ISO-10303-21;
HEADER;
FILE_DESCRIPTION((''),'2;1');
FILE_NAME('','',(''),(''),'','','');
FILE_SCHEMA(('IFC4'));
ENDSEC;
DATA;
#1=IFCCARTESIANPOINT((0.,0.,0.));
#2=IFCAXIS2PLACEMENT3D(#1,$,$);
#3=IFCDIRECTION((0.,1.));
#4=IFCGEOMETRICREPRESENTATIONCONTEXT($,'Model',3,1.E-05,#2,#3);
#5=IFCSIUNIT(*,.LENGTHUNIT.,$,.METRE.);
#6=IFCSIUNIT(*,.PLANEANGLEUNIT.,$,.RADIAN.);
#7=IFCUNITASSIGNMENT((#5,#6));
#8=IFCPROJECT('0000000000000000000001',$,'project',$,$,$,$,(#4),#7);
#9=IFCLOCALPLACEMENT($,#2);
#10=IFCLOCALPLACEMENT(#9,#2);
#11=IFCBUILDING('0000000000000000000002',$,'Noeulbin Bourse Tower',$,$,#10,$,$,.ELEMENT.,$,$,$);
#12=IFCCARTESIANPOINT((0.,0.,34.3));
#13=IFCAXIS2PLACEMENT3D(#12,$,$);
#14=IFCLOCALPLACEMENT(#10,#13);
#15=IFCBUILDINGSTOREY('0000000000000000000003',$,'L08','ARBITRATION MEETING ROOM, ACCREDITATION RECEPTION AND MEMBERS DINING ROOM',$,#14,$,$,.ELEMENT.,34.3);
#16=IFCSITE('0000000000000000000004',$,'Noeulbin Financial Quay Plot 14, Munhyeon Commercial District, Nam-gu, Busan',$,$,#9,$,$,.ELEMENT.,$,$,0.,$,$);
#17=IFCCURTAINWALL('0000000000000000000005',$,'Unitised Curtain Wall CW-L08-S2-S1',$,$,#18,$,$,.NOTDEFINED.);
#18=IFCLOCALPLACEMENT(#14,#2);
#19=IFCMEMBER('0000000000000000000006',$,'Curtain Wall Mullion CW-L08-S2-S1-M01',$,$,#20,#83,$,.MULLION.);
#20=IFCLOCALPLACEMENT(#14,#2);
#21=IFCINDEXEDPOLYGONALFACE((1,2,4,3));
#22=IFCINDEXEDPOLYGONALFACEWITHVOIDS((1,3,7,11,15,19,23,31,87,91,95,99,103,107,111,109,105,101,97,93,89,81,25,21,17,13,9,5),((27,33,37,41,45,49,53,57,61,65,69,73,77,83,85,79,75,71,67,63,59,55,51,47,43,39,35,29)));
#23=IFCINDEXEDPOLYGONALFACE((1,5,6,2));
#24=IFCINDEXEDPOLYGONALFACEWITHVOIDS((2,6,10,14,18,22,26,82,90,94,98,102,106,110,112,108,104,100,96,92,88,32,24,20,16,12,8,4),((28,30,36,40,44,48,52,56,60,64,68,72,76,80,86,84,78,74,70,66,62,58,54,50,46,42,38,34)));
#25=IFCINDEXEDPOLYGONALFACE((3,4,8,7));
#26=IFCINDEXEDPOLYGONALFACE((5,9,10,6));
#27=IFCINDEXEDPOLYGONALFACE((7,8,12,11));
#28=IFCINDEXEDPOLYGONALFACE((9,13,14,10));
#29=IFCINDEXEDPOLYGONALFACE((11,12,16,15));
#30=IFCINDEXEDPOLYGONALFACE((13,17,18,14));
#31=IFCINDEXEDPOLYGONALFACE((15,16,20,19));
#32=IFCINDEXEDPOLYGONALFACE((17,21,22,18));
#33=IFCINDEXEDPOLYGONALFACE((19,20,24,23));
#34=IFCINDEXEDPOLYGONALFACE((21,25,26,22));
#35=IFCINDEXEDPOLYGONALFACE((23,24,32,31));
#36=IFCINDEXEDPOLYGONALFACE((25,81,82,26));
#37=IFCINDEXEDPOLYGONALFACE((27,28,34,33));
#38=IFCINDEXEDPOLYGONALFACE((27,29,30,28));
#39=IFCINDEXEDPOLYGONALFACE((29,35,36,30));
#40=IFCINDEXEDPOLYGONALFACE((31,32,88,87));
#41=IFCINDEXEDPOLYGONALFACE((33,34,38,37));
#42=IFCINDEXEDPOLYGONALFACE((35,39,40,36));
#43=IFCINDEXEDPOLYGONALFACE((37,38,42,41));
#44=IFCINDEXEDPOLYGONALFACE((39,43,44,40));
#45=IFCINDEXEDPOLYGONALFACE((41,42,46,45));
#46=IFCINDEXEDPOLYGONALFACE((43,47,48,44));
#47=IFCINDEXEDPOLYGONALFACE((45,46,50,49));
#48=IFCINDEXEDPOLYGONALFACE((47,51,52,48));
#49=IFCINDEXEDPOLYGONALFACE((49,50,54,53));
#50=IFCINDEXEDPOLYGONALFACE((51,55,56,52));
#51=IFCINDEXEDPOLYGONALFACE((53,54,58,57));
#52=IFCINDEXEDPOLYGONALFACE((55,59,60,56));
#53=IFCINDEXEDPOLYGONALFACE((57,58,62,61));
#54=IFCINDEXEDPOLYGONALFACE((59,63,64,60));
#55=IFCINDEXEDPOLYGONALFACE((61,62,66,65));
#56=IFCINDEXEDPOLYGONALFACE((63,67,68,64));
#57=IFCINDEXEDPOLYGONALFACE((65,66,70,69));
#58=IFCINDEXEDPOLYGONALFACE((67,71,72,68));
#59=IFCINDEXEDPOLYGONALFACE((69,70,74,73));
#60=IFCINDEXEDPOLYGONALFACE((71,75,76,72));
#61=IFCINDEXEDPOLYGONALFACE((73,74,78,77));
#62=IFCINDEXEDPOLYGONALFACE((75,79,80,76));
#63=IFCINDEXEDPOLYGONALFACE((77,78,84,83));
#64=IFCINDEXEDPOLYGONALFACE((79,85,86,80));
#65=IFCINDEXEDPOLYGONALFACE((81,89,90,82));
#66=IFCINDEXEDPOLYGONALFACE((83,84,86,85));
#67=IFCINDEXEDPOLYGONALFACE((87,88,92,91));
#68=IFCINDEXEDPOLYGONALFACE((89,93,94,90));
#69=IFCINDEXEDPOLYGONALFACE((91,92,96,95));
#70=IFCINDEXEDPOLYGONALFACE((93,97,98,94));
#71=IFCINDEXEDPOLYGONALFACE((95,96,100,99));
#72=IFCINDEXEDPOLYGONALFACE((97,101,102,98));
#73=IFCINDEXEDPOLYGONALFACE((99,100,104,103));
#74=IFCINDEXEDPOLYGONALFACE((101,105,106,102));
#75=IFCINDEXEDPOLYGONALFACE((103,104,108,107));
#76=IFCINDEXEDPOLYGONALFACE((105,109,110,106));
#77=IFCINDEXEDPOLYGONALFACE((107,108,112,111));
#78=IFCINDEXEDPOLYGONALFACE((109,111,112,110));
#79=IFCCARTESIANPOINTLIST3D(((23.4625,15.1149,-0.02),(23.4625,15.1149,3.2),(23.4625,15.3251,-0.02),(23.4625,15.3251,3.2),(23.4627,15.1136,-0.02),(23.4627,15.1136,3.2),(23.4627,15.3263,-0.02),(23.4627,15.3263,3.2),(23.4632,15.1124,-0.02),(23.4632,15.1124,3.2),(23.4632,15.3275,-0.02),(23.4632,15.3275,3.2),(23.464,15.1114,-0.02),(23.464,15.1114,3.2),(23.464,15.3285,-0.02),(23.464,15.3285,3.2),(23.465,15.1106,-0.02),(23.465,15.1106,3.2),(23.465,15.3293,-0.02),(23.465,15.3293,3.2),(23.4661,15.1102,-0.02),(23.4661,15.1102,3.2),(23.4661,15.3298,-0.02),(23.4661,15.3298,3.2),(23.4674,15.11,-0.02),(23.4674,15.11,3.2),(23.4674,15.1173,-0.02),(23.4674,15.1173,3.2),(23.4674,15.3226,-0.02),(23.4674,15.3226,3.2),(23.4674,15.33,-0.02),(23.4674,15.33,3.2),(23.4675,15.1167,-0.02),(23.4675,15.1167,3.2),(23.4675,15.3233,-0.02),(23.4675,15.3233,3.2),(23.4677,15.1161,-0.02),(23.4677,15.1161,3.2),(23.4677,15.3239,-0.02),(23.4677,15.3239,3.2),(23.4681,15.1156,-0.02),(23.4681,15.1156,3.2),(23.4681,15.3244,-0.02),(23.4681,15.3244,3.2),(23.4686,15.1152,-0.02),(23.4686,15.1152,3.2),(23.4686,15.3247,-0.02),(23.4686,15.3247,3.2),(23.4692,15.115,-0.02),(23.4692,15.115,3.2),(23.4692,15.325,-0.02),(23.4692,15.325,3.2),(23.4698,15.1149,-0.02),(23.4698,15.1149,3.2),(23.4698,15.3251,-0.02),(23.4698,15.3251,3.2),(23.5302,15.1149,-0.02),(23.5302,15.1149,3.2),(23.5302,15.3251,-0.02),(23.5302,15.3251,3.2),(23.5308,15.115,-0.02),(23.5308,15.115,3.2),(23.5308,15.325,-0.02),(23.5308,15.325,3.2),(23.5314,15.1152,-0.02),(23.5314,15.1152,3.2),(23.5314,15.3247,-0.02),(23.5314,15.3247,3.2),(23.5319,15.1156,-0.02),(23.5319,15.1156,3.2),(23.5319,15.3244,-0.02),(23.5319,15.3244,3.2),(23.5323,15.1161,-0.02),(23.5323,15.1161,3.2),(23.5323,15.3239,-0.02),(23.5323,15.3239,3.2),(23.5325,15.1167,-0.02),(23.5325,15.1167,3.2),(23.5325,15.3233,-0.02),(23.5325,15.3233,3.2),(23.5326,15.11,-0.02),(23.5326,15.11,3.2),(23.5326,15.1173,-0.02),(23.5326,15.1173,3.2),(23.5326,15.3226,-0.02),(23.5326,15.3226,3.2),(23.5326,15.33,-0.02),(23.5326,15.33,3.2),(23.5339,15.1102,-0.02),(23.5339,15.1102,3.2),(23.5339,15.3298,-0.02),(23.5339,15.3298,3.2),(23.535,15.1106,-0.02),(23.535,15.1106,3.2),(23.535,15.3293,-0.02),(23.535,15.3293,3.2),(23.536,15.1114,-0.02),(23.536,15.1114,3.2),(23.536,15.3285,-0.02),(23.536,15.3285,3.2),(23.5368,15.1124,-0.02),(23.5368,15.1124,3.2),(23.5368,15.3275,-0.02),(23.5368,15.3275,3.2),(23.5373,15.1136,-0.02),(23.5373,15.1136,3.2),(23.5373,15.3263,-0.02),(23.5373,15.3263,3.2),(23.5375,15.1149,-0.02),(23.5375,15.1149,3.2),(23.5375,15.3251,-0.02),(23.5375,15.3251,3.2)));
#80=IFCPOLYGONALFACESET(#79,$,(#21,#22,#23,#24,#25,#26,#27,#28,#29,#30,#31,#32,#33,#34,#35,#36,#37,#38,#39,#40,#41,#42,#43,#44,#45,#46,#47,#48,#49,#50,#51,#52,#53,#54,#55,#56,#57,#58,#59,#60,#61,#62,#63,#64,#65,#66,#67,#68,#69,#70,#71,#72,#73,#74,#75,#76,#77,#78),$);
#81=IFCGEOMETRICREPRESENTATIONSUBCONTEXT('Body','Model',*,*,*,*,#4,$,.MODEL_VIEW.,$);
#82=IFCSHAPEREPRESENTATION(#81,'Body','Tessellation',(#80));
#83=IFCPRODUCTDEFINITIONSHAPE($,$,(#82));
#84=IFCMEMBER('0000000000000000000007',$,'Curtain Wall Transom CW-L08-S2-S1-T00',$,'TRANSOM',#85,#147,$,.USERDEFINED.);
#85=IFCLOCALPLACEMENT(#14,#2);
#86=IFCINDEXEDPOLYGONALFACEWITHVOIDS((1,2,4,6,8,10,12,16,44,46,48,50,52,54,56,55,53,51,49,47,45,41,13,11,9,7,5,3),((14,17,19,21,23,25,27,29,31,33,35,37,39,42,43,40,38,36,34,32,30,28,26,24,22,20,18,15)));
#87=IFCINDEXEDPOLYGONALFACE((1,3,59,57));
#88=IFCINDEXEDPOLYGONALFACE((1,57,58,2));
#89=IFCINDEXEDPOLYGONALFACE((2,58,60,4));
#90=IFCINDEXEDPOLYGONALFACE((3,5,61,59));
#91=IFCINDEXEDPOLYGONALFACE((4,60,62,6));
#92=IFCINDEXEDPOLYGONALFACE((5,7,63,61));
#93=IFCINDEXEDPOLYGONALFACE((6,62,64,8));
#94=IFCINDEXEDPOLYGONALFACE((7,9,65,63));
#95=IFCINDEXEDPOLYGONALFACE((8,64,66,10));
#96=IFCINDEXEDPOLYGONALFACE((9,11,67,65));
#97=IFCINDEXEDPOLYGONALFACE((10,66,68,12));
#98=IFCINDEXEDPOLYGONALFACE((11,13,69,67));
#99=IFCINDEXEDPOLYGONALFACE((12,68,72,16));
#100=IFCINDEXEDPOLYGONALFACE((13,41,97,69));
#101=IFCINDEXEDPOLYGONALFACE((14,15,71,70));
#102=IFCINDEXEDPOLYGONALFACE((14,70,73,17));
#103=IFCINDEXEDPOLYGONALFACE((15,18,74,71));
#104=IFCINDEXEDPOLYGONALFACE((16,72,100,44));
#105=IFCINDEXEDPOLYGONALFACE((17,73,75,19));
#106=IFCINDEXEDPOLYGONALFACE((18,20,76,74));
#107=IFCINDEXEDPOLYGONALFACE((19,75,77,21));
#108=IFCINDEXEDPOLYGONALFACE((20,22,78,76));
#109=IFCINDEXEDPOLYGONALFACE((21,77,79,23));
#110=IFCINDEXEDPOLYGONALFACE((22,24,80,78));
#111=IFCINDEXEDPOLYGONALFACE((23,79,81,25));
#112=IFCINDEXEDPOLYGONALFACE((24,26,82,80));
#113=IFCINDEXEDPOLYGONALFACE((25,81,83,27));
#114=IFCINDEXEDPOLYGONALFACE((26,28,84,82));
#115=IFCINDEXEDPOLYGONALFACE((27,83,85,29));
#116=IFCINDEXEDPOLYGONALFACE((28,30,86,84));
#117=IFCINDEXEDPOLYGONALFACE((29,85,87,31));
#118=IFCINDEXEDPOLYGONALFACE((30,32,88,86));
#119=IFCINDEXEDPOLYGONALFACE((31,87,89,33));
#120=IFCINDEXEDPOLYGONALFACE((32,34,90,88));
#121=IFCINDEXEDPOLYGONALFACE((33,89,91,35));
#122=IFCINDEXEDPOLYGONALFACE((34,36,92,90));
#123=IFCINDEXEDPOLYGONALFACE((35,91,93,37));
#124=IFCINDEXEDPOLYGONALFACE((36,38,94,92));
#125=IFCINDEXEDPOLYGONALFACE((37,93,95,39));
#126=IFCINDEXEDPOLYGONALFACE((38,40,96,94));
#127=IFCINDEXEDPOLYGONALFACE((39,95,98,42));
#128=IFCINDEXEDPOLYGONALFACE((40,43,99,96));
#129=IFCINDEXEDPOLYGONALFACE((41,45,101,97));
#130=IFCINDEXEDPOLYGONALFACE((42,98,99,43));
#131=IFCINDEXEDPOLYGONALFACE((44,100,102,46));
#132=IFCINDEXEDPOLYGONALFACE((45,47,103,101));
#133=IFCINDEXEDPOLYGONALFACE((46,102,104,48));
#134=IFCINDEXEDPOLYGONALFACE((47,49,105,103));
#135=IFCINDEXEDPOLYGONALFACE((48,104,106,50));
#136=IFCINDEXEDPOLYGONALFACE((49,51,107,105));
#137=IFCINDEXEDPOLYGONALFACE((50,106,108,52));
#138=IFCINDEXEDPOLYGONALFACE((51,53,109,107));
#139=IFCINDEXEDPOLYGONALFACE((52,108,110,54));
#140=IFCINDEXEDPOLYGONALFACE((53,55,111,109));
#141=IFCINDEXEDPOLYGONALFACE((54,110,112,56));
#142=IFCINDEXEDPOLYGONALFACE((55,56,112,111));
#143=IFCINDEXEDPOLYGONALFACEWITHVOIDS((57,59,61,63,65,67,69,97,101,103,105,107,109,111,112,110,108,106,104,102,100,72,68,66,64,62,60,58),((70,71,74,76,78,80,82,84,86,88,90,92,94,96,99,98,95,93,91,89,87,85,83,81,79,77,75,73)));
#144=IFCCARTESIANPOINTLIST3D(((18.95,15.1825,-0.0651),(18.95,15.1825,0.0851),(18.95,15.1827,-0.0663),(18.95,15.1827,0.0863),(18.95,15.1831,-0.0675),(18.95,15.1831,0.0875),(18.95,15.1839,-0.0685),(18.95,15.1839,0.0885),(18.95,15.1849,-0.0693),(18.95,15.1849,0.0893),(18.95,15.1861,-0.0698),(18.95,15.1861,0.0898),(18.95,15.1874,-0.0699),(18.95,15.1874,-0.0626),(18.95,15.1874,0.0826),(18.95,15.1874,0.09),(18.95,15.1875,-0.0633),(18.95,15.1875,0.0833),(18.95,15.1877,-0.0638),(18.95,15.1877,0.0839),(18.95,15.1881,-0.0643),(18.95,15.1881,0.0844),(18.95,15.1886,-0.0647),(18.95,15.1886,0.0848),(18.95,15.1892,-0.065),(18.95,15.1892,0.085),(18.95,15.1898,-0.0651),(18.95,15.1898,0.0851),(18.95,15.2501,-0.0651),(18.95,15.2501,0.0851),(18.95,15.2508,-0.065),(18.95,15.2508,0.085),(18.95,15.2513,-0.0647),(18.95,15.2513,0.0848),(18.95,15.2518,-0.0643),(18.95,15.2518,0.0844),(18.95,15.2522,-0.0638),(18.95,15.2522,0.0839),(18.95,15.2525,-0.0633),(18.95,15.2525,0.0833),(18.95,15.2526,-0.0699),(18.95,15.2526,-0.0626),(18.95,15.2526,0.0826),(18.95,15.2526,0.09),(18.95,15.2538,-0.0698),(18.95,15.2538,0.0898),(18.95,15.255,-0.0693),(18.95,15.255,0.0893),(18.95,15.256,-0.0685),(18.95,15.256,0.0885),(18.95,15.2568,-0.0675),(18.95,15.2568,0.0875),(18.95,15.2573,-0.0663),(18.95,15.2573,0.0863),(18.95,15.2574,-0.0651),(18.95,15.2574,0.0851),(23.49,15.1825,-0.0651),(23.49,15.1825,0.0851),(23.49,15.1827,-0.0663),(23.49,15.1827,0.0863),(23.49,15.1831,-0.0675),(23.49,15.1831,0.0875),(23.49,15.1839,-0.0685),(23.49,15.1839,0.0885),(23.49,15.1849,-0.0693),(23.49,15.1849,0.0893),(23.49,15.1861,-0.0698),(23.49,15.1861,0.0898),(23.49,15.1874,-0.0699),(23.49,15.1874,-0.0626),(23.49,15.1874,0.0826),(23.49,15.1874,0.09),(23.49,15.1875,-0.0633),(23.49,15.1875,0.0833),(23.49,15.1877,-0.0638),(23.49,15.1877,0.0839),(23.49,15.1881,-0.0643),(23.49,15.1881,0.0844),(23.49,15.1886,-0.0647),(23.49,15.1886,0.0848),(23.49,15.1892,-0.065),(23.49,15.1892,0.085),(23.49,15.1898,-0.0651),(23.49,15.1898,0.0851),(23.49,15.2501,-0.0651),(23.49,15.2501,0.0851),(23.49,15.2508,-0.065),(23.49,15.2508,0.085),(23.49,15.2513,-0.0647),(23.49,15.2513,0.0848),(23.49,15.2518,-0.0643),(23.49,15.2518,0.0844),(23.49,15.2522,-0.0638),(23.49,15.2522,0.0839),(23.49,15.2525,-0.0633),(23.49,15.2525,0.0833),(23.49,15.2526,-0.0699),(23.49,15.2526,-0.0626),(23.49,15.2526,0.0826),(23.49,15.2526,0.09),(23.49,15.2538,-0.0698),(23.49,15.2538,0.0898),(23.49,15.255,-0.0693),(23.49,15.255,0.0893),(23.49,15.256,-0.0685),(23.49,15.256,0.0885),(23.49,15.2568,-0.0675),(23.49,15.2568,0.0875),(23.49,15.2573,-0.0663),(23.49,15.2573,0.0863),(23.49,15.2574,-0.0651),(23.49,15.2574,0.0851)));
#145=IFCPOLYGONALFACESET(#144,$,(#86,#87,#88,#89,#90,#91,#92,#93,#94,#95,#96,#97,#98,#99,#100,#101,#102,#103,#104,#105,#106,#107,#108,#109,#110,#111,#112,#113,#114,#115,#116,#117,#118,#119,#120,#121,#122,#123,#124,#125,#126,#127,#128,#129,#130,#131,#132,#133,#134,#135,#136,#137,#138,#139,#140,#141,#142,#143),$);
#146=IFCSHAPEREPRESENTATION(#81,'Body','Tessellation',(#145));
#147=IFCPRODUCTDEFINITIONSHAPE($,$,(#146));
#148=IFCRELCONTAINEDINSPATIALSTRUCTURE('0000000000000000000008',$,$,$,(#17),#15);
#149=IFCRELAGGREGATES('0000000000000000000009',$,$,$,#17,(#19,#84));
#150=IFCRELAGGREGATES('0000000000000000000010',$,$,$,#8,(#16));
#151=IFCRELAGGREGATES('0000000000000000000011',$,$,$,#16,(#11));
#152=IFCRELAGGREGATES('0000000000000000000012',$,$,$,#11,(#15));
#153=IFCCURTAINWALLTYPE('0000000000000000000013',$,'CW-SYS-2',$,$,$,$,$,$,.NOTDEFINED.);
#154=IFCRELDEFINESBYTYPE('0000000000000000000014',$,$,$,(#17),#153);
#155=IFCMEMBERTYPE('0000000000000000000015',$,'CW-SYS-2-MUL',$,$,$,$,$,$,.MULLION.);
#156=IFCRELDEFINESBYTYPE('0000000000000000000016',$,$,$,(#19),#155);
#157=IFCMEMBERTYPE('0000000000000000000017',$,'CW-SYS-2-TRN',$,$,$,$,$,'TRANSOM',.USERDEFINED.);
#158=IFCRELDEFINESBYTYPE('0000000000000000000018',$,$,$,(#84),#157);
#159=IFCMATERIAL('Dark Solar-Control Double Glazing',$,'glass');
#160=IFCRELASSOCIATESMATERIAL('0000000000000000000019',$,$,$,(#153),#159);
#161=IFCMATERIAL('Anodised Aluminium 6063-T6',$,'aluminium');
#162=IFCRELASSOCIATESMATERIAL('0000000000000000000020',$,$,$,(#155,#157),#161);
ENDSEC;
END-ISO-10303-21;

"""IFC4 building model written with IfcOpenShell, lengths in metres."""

from ifc_helpers import new_model, si_unit, direction, frame, origin, origin_2d, place, context, subcontext, project, spatial, hollow_rectangle, extrude, material, material_profile, profile_set, type_object, element, aggregate, save


model = new_model("IFC4")

# Units and contexts
model_context = context("Model", 3, precision=1e-05, world=origin(), true_north=direction((0.0, 1.0)))
body_context = subcontext(model_context, "Body", "Model", "MODEL_VIEW")
ifc_project = project(units=[si_unit("LENGTHUNIT", "METRE"), si_unit("PLANEANGLEUNIT", "RADIAN")], contexts=[model_context])

# Site, building, storey
site_placement = place(None, origin())
site = spatial("IfcSite", under=ifc_project, at=site_placement, Name="Noeulbin Financial Quay Plot 14, Munhyeon Commercial District, Nam-gu, Busan", CompositionType="ELEMENT", RefElevation=0.0)
building_placement = place(site_placement, origin())
building = spatial("IfcBuilding", under=site, at=building_placement, Name="Noeulbin Bourse Tower", CompositionType="ELEMENT")
storey_placement = place(building_placement, frame((0.0, 0.0, 34.3)))
storey = spatial("IfcBuildingStorey", under=building, at=storey_placement, Name="L08", Description="ARBITRATION MEETING ROOM, ACCREDITATION RECEPTION AND MEMBERS DINING ROOM", CompositionType="ELEMENT", Elevation=34.3)

# Shared definitions
ifc_material_1 = material(Name="Dark Solar-Control Double Glazing", Category="glass")
curtain_wall_type = type_object("IfcCurtainWallType", Name="CW-SYS-2", PredefinedType="NOTDEFINED", material=ifc_material_1)
ifc_material_2 = material(Name="Anodised Aluminium 6063-T6", Category="aluminium")
ifc_material_profile_1 = material_profile(ifc_material_2, hollow_rectangle(XDim=0.075, YDim=0.22, WallThickness=0.0049, InnerFilletRadius=0.0024, OuterFilletRadius=0.0049, at=origin_2d()), Name="ALU-MULL-75x220x5", Category="LoadBearing")
ifc_profile_set_1 = profile_set([ifc_material_profile_1], Name="Anodised Aluminium 6063-T6")
member_type_1 = type_object("IfcMemberType", Name="CW-SYS-2-MUL", PredefinedType="MULLION", material=ifc_profile_set_1)

# Curtain wall, members
curtain_wall_1_placement = place(storey_placement, origin())
curtain_wall_1 = element("IfcCurtainWall", 1, at=curtain_wall_1_placement, inside=storey, type_object=curtain_wall_type, Name="Unitised Curtain Wall CW-L08-S2-S1", PredefinedType="NOTDEFINED")
member_1_placement = place(storey_placement, frame((23.5, 15.22, -0.02), z_axis=(0.0, 0.0, 1.0), x_axis=(1.0, 0.0, 0.0)))
member_1 = element("IfcMember", 2, at=member_1_placement, type_object=member_type_1, Name="Curtain Wall Mullion CW-L08-S2-S1-M01", PredefinedType="MULLION", context=body_context, shape_type="SweptSolid", body=[
    extrude(hollow_rectangle(XDim=0.075, YDim=0.22, WallThickness=0.0049, InnerFilletRadius=0.0024, OuterFilletRadius=0.0049, at=origin_2d()), origin(), (0.0, 0.0, 1.0), 3.22),
])
ifc_material_profile_2 = material_profile(ifc_material_2, hollow_rectangle(XDim=0.075, YDim=0.1599, WallThickness=0.0049, InnerFilletRadius=0.0024, OuterFilletRadius=0.0049, at=origin_2d()), Name="ALU-TRAN-75x160x5", Category="LoadBearing")
ifc_profile_set_2 = profile_set([ifc_material_profile_2], Name="Anodised Aluminium 6063-T6")
member_type_2 = type_object("IfcMemberType", Name="CW-SYS-2-TRN", ElementType="TRANSOM", PredefinedType="USERDEFINED", material=ifc_profile_set_2)
member_2_placement = place(storey_placement, frame((18.95, 15.22, 0.01), z_axis=(1.0, 0.0, 0.0), x_axis=(0.0, 1.0, 0.0)))
member_2 = element("IfcMember", 3, at=member_2_placement, type_object=member_type_2, Name="Curtain Wall Transom CW-L08-S2-S1-T00", ObjectType="TRANSOM", PredefinedType="USERDEFINED", context=body_context, shape_type="SweptSolid", body=[
    extrude(hollow_rectangle(XDim=0.075, YDim=0.1599, WallThickness=0.0049, InnerFilletRadius=0.0024, OuterFilletRadius=0.0049, at=origin_2d()), origin(), (0.0, 0.0, 1.0), 4.54),
])
aggregate(curtain_wall_1, [member_1, member_2])

save(model, "model.ifc")
